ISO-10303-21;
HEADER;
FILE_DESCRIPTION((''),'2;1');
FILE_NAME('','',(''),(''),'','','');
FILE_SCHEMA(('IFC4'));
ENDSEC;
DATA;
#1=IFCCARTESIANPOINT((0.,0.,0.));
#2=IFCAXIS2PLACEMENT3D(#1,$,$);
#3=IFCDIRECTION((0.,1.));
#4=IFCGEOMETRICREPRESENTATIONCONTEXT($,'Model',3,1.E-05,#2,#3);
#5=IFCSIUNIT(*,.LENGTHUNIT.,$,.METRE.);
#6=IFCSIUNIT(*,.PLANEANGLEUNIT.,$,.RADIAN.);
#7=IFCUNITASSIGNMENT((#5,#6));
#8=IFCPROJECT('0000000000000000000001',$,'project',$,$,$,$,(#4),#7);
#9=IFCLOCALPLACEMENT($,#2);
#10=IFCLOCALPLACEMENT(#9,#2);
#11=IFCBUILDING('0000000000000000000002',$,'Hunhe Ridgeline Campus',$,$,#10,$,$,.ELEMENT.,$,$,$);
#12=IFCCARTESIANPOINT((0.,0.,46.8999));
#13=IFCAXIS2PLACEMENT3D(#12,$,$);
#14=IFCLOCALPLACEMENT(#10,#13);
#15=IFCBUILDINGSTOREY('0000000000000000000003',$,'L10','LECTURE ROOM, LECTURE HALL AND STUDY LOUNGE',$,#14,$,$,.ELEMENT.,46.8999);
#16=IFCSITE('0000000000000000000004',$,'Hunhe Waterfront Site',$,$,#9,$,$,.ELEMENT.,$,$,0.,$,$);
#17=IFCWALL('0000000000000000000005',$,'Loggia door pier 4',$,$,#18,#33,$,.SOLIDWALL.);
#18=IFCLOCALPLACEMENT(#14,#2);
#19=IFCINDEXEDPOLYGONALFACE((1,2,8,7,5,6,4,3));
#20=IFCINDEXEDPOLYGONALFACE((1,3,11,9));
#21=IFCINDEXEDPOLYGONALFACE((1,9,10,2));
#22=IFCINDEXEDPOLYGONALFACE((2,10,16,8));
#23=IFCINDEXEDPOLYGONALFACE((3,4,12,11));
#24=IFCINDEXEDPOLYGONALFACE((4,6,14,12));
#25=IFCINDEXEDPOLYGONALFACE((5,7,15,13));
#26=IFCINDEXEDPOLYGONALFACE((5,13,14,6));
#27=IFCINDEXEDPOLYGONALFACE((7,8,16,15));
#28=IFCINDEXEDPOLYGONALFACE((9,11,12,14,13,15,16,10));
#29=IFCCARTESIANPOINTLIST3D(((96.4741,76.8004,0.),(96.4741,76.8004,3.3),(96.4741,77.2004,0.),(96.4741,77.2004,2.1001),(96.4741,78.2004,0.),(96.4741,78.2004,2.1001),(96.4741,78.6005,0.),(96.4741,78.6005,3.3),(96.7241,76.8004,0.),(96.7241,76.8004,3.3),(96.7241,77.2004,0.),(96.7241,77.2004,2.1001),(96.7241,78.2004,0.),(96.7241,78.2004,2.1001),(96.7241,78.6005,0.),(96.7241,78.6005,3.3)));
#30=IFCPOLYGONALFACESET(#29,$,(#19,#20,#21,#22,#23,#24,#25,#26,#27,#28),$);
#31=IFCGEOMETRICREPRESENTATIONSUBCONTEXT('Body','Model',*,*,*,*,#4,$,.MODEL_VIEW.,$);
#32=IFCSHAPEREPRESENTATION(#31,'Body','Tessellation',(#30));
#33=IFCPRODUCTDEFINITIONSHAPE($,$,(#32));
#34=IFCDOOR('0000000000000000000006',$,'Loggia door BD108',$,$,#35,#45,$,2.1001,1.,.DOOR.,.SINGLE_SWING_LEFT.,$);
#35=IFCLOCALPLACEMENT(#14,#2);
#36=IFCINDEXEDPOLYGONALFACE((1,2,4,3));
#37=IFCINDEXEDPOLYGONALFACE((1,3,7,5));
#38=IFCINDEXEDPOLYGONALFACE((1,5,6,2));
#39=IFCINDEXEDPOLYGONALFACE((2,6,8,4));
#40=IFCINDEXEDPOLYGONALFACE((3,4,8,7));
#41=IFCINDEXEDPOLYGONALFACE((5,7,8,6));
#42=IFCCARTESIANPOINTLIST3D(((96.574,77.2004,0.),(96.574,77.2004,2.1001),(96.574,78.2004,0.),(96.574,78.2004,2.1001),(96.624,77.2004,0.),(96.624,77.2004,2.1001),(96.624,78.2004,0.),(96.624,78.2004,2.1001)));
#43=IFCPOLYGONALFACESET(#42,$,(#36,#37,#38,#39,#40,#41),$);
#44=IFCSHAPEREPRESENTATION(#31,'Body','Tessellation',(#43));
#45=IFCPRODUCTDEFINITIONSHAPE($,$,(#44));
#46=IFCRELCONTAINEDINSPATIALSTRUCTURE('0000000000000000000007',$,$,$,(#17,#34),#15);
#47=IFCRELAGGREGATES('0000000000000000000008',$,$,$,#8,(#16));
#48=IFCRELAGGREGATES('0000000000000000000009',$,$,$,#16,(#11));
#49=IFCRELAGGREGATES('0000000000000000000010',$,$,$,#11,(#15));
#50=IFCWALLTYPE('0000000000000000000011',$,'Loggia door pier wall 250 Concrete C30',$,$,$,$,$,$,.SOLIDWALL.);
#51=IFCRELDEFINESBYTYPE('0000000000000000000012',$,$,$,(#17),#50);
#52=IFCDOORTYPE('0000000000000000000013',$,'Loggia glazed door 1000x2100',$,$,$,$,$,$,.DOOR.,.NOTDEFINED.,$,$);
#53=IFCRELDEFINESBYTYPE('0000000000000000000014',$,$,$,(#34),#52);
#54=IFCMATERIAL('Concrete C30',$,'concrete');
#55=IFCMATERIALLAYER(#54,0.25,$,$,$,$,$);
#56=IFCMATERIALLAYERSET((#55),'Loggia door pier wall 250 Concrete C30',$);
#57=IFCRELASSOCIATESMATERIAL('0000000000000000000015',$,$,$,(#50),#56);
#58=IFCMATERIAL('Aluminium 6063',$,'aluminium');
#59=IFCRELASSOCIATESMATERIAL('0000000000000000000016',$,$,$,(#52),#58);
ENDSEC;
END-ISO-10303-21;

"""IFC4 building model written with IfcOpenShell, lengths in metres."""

from ifc_helpers import new_model, si_unit, direction, frame, frame_2d, origin, place, context, subcontext, project, spatial, rectangle, extrude, material, layer, layer_set, type_object, element, fill, save


model = new_model("IFC4")

# Units and contexts
model_context = context("Model", 3, precision=1e-05, world=origin(), true_north=direction((0.0, 1.0)))
body_context = subcontext(model_context, "Body", "Model", "MODEL_VIEW")
ifc_project = project(units=[si_unit("LENGTHUNIT", "METRE"), si_unit("PLANEANGLEUNIT", "RADIAN")], contexts=[model_context])

# Site, building, storey
site_placement = place(None, origin())
site = spatial("IfcSite", under=ifc_project, at=site_placement, Name="Hunhe Waterfront Site", CompositionType="ELEMENT", RefElevation=0.0)
building_placement = place(site_placement, origin())
building = spatial("IfcBuilding", under=site, at=building_placement, Name="Hunhe Ridgeline Campus", CompositionType="ELEMENT")
storey_placement = place(building_placement, frame((0.0, 0.0, 46.8999)))
storey = spatial("IfcBuildingStorey", under=building, at=storey_placement, Name="L10", Description="LECTURE ROOM, LECTURE HALL AND STUDY LOUNGE", CompositionType="ELEMENT", Elevation=46.8999)

# Shared definitions
ifc_material_1 = material(Name="Aluminium 6063", Category="aluminium")

# Wall, opening, door
ifc_material_2 = material(Name="Concrete C30", Category="concrete")
ifc_layer_1 = layer(ifc_material_2, 0.25)
ifc_layer_set_1 = layer_set([ifc_layer_1], Name="Loggia door pier wall 250 Concrete C30")
wall_type = type_object("IfcWallType", Name="Loggia door pier wall 250 Concrete C30", PredefinedType="SOLIDWALL", material=ifc_layer_set_1)
wall_placement = place(storey_placement, frame((96.5991, 76.8005, 0.0), z_axis=(0.0, 0.0, 1.0), x_axis=(0.0, 1.0, 0.0)))
wall = element("IfcWall", 1, at=wall_placement, inside=storey, type_object=wall_type, Name="Loggia door pier 4", PredefinedType="SOLIDWALL", context=body_context, shape_type="SweptSolid", body=[
    extrude(rectangle(XDim=1.8, YDim=0.25, at=frame_2d((0.8999, 0.0))), origin(), (0.0, 0.0, 1.0), 3.3),
])
opening_placement = place(wall_placement, frame((0.3999, 0.0, 0.0)))
opening = element("IfcOpeningElement", 2, at=opening_placement, cuts=wall, PredefinedType="OPENING", context=body_context, shape_type="SweptSolid", body=[
    extrude(rectangle(XDim=1.0, YDim=2.1001, at=frame_2d((0.5, 1.05))), frame((0.0, 0.125, 0.0), z_axis=(0.0, -1.0, 0.0), x_axis=(1.0, 0.0, 0.0)), (0.0, 0.0, 1.0), 0.25),
])
door_type = type_object("IfcDoorType", Name="Loggia glazed door 1000x2100", OperationType="NOTDEFINED", PredefinedType="DOOR", material=ifc_material_1)
door_placement = place(opening_placement, frame((1.0, 0.0, 0.0), z_axis=(0.0, 0.0, 1.0), x_axis=(-1.0, 0.0, 0.0)))
door = element("IfcDoor", 3, at=door_placement, inside=storey, type_object=door_type, Name="Loggia door BD108", OperationType="SINGLE_SWING_LEFT", OverallHeight=2.1001, OverallWidth=1.0, PredefinedType="DOOR", context=body_context, shape_type="SweptSolid", body=[
    extrude(rectangle(XDim=1.0, YDim=2.1001, at=frame_2d((0.5, 1.05))), frame((0.0, 0.0249, 0.0), z_axis=(0.0, -1.0, 0.0), x_axis=(1.0, 0.0, 0.0)), (0.0, 0.0, 1.0), 0.05),
])
fill(opening, door)

save(model, "model.ifc")
